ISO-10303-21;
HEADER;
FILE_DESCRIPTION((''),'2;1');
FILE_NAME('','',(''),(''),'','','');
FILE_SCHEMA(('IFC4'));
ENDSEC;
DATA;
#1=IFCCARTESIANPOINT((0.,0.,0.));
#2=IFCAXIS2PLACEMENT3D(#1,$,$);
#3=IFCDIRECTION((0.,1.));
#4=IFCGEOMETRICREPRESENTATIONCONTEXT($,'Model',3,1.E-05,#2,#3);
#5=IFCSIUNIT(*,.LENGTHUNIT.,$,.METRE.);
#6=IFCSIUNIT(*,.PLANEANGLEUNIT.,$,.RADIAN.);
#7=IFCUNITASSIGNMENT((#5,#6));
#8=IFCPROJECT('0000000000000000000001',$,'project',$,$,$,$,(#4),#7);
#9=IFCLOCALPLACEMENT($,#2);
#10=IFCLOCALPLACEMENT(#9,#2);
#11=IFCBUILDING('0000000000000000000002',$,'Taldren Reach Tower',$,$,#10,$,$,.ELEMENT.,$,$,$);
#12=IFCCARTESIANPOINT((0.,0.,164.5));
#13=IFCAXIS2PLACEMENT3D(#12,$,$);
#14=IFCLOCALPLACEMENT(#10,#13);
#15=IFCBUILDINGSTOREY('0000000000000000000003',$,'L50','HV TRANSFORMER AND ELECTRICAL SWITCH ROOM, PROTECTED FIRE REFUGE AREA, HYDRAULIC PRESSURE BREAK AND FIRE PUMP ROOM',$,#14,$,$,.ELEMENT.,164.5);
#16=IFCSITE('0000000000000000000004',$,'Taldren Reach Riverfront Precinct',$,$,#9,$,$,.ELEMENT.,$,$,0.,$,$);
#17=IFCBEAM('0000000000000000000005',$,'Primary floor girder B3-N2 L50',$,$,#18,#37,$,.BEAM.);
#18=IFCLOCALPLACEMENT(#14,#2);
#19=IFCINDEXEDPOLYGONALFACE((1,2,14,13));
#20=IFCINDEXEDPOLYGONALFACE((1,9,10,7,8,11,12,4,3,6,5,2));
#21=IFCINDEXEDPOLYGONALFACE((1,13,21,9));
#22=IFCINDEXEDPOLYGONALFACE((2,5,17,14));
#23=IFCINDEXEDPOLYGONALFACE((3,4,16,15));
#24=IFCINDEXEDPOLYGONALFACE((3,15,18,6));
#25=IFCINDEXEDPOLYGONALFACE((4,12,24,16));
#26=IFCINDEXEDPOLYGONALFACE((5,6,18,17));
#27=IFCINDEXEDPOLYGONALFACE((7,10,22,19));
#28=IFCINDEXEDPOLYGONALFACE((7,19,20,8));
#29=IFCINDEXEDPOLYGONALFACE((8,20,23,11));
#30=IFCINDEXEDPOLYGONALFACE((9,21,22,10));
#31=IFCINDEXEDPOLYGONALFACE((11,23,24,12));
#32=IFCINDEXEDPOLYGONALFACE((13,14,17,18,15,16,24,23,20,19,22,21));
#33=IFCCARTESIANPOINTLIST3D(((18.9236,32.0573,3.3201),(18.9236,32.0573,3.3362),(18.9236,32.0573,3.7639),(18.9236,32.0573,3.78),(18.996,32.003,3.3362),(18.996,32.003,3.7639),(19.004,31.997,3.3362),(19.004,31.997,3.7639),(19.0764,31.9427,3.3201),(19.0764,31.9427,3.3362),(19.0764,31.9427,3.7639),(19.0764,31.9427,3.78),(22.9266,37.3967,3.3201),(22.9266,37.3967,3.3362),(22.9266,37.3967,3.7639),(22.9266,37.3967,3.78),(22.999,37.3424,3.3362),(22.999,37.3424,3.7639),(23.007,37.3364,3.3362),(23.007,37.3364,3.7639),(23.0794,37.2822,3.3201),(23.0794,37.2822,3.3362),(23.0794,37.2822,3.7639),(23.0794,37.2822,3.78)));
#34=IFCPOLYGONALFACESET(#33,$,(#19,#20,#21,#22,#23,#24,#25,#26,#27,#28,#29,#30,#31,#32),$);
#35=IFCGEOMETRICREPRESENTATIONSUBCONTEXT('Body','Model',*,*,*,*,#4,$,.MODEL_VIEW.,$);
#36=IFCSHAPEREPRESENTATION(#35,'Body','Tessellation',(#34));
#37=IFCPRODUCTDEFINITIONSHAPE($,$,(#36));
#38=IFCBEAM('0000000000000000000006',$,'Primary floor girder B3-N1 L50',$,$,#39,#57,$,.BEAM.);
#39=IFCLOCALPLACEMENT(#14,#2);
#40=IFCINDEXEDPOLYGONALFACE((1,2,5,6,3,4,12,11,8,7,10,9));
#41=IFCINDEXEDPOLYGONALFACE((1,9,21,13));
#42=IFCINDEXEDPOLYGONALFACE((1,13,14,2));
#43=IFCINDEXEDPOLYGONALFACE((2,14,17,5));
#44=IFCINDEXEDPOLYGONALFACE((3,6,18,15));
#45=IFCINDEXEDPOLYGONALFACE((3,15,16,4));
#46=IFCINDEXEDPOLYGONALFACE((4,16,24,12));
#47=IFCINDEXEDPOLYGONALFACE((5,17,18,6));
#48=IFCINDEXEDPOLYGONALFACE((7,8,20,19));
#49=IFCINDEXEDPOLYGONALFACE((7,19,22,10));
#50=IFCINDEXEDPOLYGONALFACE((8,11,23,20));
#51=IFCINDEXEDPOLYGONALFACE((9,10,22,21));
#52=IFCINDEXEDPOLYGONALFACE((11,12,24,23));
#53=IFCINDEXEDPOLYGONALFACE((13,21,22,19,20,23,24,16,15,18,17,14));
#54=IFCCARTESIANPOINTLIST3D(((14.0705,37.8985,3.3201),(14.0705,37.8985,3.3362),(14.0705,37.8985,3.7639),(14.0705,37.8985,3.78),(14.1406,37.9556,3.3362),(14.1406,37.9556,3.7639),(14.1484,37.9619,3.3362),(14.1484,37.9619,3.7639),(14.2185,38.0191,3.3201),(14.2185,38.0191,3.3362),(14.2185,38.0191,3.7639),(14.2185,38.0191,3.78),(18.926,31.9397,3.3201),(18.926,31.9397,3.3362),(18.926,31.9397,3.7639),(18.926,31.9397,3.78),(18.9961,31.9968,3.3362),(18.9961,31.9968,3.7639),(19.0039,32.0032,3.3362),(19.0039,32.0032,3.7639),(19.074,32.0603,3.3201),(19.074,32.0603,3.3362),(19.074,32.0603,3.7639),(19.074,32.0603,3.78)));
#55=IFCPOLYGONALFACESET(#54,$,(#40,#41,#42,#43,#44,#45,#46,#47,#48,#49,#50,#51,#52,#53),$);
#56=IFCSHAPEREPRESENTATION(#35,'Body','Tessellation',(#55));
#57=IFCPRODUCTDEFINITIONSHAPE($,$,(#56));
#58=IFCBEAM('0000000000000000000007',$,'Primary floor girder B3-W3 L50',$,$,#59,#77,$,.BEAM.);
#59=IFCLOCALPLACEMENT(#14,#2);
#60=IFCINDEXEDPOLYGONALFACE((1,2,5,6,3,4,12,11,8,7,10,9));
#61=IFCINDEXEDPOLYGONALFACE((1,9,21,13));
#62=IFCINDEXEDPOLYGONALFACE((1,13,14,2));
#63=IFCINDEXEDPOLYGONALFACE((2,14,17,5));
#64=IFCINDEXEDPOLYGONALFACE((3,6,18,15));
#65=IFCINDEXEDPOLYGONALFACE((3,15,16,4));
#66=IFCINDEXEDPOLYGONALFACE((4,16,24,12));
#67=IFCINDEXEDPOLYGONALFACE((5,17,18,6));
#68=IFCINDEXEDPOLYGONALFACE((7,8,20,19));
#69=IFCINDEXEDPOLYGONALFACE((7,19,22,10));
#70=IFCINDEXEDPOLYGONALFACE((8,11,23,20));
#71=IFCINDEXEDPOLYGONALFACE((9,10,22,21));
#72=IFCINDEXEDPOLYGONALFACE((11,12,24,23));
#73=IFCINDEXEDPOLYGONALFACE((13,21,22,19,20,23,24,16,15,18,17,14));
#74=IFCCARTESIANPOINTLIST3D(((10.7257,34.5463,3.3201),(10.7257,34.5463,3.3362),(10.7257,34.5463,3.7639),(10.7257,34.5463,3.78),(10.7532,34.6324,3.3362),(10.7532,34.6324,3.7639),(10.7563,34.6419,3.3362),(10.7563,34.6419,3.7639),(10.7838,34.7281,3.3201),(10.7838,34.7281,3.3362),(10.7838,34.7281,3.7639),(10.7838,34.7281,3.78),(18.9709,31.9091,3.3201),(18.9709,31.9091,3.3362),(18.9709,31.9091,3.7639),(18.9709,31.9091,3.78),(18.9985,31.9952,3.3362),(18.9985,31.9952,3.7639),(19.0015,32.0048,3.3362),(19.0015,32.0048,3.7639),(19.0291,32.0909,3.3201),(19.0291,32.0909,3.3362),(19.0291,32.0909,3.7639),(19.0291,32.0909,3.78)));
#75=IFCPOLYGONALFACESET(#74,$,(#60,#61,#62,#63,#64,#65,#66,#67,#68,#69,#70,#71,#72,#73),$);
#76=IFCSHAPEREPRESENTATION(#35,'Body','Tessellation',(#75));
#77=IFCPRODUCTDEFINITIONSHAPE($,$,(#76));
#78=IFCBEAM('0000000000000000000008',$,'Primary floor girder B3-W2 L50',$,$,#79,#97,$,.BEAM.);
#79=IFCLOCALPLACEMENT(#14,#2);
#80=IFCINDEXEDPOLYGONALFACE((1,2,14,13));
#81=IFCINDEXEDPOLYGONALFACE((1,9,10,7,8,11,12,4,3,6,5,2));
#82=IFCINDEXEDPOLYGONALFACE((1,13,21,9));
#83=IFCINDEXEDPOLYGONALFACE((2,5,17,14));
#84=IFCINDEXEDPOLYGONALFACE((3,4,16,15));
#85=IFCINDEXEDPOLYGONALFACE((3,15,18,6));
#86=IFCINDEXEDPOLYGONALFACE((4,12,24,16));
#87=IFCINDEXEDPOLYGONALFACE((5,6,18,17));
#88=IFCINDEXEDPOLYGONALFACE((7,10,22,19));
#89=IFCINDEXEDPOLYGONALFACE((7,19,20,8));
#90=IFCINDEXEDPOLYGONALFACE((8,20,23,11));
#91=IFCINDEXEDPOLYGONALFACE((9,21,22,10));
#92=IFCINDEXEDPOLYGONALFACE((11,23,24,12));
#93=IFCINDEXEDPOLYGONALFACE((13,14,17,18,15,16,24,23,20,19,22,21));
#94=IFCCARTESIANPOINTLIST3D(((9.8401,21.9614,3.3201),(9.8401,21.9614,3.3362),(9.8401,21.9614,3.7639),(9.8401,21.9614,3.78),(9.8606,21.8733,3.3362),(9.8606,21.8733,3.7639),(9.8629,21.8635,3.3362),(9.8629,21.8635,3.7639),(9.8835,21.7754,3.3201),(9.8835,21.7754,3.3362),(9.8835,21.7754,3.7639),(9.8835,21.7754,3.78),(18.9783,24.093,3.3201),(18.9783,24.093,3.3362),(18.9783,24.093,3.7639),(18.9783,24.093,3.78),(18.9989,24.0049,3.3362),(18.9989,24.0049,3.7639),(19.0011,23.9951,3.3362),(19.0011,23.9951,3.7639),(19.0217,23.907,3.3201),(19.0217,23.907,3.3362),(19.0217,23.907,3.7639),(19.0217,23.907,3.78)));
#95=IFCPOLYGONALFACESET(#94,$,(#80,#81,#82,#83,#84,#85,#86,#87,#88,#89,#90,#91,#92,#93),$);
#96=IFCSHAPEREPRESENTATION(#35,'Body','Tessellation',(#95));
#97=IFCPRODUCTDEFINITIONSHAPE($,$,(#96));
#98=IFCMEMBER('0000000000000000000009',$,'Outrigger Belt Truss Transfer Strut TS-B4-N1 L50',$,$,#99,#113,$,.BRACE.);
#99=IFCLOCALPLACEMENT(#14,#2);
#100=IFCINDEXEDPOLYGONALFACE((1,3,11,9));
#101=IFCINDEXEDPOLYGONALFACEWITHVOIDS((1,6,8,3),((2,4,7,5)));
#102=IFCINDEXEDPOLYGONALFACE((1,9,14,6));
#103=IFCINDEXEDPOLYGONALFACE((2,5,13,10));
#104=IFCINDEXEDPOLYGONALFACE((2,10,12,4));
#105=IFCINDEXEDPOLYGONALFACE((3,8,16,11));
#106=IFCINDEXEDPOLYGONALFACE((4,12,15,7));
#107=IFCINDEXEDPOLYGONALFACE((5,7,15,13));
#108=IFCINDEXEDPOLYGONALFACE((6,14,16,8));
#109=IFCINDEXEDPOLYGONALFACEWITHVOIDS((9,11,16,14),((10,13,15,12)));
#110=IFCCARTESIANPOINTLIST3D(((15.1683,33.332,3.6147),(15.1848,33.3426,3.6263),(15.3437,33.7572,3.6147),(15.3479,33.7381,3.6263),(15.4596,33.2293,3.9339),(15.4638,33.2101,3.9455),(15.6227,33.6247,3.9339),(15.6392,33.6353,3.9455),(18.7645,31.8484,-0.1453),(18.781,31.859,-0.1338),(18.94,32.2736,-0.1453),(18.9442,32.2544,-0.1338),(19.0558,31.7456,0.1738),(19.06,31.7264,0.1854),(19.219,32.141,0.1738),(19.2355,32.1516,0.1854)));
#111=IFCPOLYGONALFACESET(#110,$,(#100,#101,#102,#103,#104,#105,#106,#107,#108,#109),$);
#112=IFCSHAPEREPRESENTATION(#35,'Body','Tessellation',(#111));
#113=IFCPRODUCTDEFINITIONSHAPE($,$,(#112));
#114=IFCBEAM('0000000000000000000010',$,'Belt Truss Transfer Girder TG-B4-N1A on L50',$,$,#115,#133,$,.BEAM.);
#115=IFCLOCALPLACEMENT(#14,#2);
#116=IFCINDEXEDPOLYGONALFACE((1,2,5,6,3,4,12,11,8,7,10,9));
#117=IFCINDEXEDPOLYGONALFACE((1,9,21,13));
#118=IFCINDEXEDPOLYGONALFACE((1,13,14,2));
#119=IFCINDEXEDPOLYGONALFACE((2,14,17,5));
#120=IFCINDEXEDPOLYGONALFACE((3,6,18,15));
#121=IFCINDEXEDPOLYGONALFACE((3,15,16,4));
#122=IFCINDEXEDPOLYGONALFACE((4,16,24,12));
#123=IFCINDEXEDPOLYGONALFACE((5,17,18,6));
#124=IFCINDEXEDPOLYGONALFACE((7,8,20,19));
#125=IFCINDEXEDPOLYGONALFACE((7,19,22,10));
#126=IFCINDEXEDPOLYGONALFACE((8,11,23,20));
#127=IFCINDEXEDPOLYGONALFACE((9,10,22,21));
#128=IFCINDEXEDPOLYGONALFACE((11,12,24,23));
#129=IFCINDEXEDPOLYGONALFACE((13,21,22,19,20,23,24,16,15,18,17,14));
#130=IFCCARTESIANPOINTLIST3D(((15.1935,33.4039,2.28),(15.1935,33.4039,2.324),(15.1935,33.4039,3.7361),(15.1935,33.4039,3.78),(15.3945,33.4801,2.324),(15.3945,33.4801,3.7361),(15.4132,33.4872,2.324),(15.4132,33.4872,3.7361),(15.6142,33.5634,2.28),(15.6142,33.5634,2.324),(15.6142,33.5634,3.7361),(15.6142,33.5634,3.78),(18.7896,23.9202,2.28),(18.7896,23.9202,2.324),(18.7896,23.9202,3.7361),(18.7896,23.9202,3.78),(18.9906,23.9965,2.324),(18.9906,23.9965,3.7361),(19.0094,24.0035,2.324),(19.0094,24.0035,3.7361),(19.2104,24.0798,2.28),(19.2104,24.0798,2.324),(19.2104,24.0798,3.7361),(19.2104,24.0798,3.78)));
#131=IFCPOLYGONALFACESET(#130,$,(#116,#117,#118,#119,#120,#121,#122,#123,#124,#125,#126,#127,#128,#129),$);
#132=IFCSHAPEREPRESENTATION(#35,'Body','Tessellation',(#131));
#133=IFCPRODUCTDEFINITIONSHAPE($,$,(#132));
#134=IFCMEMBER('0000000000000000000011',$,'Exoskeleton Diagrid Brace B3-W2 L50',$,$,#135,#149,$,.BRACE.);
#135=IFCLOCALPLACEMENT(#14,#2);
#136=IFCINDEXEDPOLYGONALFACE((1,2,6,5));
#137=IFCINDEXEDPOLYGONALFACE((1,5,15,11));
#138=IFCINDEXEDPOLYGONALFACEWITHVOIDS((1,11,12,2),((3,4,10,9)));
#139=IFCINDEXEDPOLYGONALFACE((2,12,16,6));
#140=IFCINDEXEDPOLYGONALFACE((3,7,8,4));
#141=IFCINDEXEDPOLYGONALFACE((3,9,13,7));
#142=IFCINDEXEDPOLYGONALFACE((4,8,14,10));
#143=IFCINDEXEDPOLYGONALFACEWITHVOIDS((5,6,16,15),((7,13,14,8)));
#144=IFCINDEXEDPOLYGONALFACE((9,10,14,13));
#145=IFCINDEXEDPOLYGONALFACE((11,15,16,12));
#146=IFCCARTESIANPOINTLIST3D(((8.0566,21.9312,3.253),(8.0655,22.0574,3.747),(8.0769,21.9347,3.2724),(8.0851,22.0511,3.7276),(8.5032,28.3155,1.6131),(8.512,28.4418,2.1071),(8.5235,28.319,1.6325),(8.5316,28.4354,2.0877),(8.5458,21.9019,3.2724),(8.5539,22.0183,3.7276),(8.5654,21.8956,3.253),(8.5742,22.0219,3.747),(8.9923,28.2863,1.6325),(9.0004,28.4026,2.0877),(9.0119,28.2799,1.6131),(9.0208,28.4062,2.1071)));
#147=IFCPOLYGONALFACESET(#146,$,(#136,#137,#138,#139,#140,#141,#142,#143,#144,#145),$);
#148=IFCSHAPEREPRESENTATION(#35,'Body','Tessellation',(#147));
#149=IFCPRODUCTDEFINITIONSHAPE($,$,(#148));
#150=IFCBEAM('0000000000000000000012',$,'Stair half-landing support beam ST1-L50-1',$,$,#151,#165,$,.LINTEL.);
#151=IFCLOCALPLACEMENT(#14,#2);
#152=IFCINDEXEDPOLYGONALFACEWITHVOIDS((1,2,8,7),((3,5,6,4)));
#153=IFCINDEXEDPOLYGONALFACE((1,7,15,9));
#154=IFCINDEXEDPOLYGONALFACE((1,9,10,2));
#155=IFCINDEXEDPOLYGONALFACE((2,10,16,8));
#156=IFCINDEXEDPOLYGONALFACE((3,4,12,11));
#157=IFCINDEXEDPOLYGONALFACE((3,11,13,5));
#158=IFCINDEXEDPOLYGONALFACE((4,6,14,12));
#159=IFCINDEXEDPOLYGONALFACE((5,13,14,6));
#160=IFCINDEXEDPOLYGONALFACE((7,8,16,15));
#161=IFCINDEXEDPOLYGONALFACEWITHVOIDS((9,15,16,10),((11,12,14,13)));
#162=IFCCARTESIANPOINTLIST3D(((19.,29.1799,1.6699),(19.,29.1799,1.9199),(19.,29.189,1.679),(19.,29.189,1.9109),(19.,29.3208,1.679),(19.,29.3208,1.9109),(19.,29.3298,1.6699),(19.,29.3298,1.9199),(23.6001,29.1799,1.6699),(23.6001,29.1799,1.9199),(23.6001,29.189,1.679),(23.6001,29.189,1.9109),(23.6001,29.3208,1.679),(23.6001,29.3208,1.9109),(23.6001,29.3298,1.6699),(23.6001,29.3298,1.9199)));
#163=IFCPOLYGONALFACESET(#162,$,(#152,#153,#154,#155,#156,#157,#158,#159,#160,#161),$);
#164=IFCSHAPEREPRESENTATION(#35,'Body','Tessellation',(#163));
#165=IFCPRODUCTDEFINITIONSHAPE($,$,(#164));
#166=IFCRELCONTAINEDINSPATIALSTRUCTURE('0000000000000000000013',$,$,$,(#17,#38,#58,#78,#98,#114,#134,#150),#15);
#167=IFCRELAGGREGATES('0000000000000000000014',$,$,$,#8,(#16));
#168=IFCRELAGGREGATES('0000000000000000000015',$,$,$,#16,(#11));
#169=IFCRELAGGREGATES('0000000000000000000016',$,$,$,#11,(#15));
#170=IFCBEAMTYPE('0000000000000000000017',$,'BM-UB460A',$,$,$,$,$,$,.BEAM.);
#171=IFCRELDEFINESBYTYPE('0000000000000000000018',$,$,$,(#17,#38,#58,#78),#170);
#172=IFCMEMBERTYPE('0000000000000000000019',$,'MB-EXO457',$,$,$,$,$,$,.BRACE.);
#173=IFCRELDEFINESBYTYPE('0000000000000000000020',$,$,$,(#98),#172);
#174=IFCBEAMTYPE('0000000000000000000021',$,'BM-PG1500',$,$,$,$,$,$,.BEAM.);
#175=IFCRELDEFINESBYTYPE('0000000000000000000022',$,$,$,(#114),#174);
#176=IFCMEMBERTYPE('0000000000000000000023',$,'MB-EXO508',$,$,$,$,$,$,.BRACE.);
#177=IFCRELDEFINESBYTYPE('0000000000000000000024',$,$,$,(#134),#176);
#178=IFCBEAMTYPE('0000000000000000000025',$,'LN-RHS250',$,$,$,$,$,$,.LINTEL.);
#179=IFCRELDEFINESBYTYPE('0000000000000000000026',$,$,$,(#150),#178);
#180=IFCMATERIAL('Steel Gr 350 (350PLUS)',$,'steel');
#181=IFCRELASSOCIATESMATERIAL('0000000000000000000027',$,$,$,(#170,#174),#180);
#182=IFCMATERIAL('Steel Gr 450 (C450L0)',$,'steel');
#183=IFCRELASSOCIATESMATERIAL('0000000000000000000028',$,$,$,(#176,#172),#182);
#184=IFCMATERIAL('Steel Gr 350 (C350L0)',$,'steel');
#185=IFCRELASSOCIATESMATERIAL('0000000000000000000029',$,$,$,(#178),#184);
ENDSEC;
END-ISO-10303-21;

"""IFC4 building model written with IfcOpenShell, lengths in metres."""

from ifc_helpers import new_model, si_unit, direction, frame, origin, origin_2d, place, context, subcontext, project, spatial, hollow_rectangle, i_section, extrude, source, transform, mapped, material, material_profile, profile_set, type_object, element, save


model = new_model("IFC4")

# Units and contexts
model_context = context("Model", 3, precision=1e-05, world=origin(), true_north=direction((0.0, 1.0)))
body_context = subcontext(model_context, "Body", "Model", "MODEL_VIEW")
ifc_project = project(units=[si_unit("LENGTHUNIT", "METRE"), si_unit("PLANEANGLEUNIT", "RADIAN")], contexts=[model_context])

# Site, building, storey
site_placement = place(None, origin())
site = spatial("IfcSite", under=ifc_project, at=site_placement, Name="Taldren Reach Riverfront Precinct", CompositionType="ELEMENT", RefElevation=0.0)
building_placement = place(site_placement, origin())
building = spatial("IfcBuilding", under=site, at=building_placement, Name="Taldren Reach Tower", CompositionType="ELEMENT")
storey_placement = place(building_placement, frame((0.0, 0.0, 164.5)))
storey = spatial("IfcBuildingStorey", under=building, at=storey_placement, Name="L50", Description="HV TRANSFORMER AND ELECTRICAL SWITCH ROOM, PROTECTED FIRE REFUGE AREA, HYDRAULIC PRESSURE BREAK AND FIRE PUMP ROOM", CompositionType="ELEMENT", Elevation=164.5)

# Shared definitions
ifc_material_1 = material(Name="Steel Gr 450 (C450L0)", Category="steel")

# Shared definitions
ifc_material_2 = material(Name="Steel Gr 350 (350PLUS)", Category="steel")
ifc_material_profile_1 = material_profile(ifc_material_2, i_section(OverallWidth=0.1909, OverallDepth=0.46, WebThickness=0.01, FlangeThickness=0.0161, at=origin_2d()), Name="460UB82.1")
ifc_profile_set_1 = profile_set([ifc_material_profile_1], Name="Steel Gr 350 (350PLUS)")
beam_type_1 = type_object("IfcBeamType", Name="BM-UB460A", PredefinedType="BEAM", material=ifc_profile_set_1)

# Shared definitions
ifc_material_3 = material(Name="Steel Gr 350 (C350L0)", Category="steel")
ifc_material_profile_2 = material_profile(ifc_material_1, hollow_rectangle(XDim=0.51, YDim=0.51, WallThickness=0.02, at=origin_2d()), Name="510x510x20.0SHS")
ifc_profile_set_2 = profile_set([ifc_material_profile_2], Name="Steel Gr 450 (C450L0)")
member_type_1 = type_object("IfcMemberType", Name="MB-EXO508", PredefinedType="BRACE", material=ifc_profile_set_2)

# Beams
shared_shape_1 = source(origin(), body_context, "Body", "SweptSolid", [
    extrude(i_section(OverallWidth=0.1909, OverallDepth=0.46, WebThickness=0.01, FlangeThickness=0.0161, at=origin_2d()), origin(), (0.0, 0.0, 1.0), 6.6733),
])
beam_1_placement = place(storey_placement, frame((19.0, 32.0, 3.55), z_axis=(0.599848, 0.800114, 0.0), x_axis=(-0.800114, 0.599848, 0.0)))
element("IfcBeam", 1, at=beam_1_placement, inside=storey, type_object=beam_type_1, Name="Primary floor girder B3-N2 L50", PredefinedType="BEAM", context=body_context, shape_type="MappedRepresentation", body=[
    mapped(shared_shape_1, transform((0.0, 0.0, 0.0), scale=1.0)),
])
shared_shape_2 = source(origin(), body_context, "Body", "SweptSolid", [
    extrude(i_section(OverallWidth=0.1909, OverallDepth=0.46, WebThickness=0.01, FlangeThickness=0.0161, at=origin_2d()), origin(), (0.0, 0.0, 1.0), 7.6865),
])
beam_2_placement = place(storey_placement, frame((19.0, 32.0, 3.55), z_axis=(-0.631689, 0.775222, 0.0), x_axis=(-0.775222, -0.631689, 0.0)))
element("IfcBeam", 2, at=beam_2_placement, inside=storey, type_object=beam_type_1, Name="Primary floor girder B3-N1 L50", PredefinedType="BEAM", context=body_context, shape_type="MappedRepresentation", body=[
    mapped(shared_shape_2, transform((0.0, 0.0, 0.0), scale=1.0)),
])
shared_shape_3 = source(origin(), body_context, "Body", "SweptSolid", [
    extrude(i_section(OverallWidth=0.1909, OverallDepth=0.46, WebThickness=0.01, FlangeThickness=0.0161, at=origin_2d()), origin(), (0.0, 0.0, 1.0), 8.6567),
])
beam_3_placement = place(storey_placement, frame((19.0, 32.0, 3.55), z_axis=(-0.952468, 0.304639, 0.0), x_axis=(-0.304639, -0.952468, 0.0)))
element("IfcBeam", 3, at=beam_3_placement, inside=storey, type_object=beam_type_1, Name="Primary floor girder B3-W3 L50", PredefinedType="BEAM", context=body_context, shape_type="MappedRepresentation", body=[
    mapped(shared_shape_3, transform((0.0, 0.0, 0.0), scale=1.0)),
])
shared_shape_4 = source(origin(), body_context, "Body", "SweptSolid", [
    extrude(i_section(OverallWidth=0.1909, OverallDepth=0.46, WebThickness=0.01, FlangeThickness=0.0161, at=origin_2d()), origin(), (0.0, 0.0, 1.0), 9.3835),
])
beam_4_placement = place(storey_placement, frame((19.0, 24.0, 3.55), z_axis=(-0.973857, -0.227164, 0.0), x_axis=(0.227164, -0.973857, 0.0)))
element("IfcBeam", 4, at=beam_4_placement, inside=storey, type_object=beam_type_1, Name="Primary floor girder B3-W2 L50", PredefinedType="BEAM", context=body_context, shape_type="MappedRepresentation", body=[
    mapped(shared_shape_4, transform((0.0, 0.0, 0.0), scale=1.0)),
])

# Member
ifc_material_profile_3 = material_profile(ifc_material_1, hollow_rectangle(XDim=0.46, YDim=0.46, WallThickness=0.0161, at=origin_2d()), Name="460x460x16.0SHS")
ifc_profile_set_3 = profile_set([ifc_material_profile_3], Name="Steel Gr 450 (C450L0)")
member_type_2 = type_object("IfcMemberType", Name="MB-EXO457", PredefinedType="BRACE", material=ifc_profile_set_3)
shared_shape_5 = source(origin(), body_context, "Body", "SweptSolid", [
    extrude(hollow_rectangle(XDim=0.46, YDim=0.46, WallThickness=0.0161, at=origin_2d()), origin(), (0.0, 0.0, 1.0), 5.4104),
])
member_1_placement = place(storey_placement, frame((19.0, 32.0, 0.02), z_axis=(-0.664692, 0.274225, 0.694971), x_axis=(-0.381378, -0.924419, 0.0)))
element("IfcMember", 5, at=member_1_placement, inside=storey, type_object=member_type_2, Name="Outrigger Belt Truss Transfer Strut TS-B4-N1 L50", PredefinedType="BRACE", context=body_context, shape_type="MappedRepresentation", body=[
    mapped(shared_shape_5, transform((0.0, 0.0, 0.0), scale=1.0)),
])

# Beam
ifc_material_profile_4 = material_profile(ifc_material_2, i_section(OverallWidth=0.45, OverallDepth=1.5, WebThickness=0.02, FlangeThickness=0.0439, at=origin_2d()), Name="1500WB550")
ifc_profile_set_4 = profile_set([ifc_material_profile_4], Name="Steel Gr 350 (350PLUS)")
beam_type_2 = type_object("IfcBeamType", Name="BM-PG1500", PredefinedType="BEAM", material=ifc_profile_set_4)
shared_shape_6 = source(origin(), body_context, "Body", "SweptSolid", [
    extrude(i_section(OverallWidth=0.45, OverallDepth=1.5, WebThickness=0.02, FlangeThickness=0.0439, at=origin_2d()), origin(), (0.0, 0.0, 1.0), 10.1426),
])
beam_5_placement = place(storey_placement, frame((19.0, 24.0, 3.03), z_axis=(-0.354564, 0.935032, 0.0), x_axis=(-0.935032, -0.354564, 0.0)))
element("IfcBeam", 6, at=beam_5_placement, inside=storey, type_object=beam_type_2, Name="Belt Truss Transfer Girder TG-B4-N1A on L50", PredefinedType="BEAM", context=body_context, shape_type="MappedRepresentation", body=[
    mapped(shared_shape_6, transform((0.0, 0.0, 0.0), scale=1.0)),
])

# Member
shared_shape_7 = source(origin(), body_context, "Body", "SweptSolid", [
    extrude(hollow_rectangle(XDim=0.51, YDim=0.51, WallThickness=0.02, at=origin_2d()), origin(), (0.0, 0.0, 1.0), 6.6067),
])
member_2_placement = place(storey_placement, frame((8.762, 28.3608, 1.8601), z_axis=(-0.067589, -0.966343, 0.248219), x_axis=(0.997563, -0.069772, 0.0)))
element("IfcMember", 7, at=member_2_placement, inside=storey, type_object=member_type_1, Name="Exoskeleton Diagrid Brace B3-W2 L50", PredefinedType="BRACE", context=body_context, shape_type="MappedRepresentation", body=[
    mapped(shared_shape_7, transform((0.0, 0.0, 0.0), scale=1.0)),
])

# Beam
ifc_material_profile_5 = material_profile(ifc_material_3, hollow_rectangle(XDim=0.1499, YDim=0.25, WallThickness=0.009, at=origin_2d()), Name="250x150x9.0RHS")
ifc_profile_set_5 = profile_set([ifc_material_profile_5], Name="Steel Gr 350 (C350L0)")
beam_type_3 = type_object("IfcBeamType", Name="LN-RHS250", PredefinedType="LINTEL", material=ifc_profile_set_5)
shared_shape_8 = source(origin(), body_context, "Body", "SweptSolid", [
    extrude(hollow_rectangle(XDim=0.1499, YDim=0.25, WallThickness=0.009, at=origin_2d()), origin(), (0.0, 0.0, 1.0), 4.6001),
])
for number, where, z_axis, x_axis, name in (
    (8, (19.0, 29.2549, 1.7949), (1.0, 0.0, 0.0), (0.0, 1.0, 0.0), "Stair half-landing support beam ST1-L50-1"),
):
    element("IfcBeam", number, at=place(storey_placement, frame(where, z_axis=z_axis, x_axis=x_axis)), inside=storey, type_object=beam_type_3, Name=name, PredefinedType="LINTEL", context=body_context, shape_type="MappedRepresentation", body=[
        mapped(shared_shape_8, transform((0.0, 0.0, 0.0), scale=1.0)),
    ])

save(model, "model.ifc")
